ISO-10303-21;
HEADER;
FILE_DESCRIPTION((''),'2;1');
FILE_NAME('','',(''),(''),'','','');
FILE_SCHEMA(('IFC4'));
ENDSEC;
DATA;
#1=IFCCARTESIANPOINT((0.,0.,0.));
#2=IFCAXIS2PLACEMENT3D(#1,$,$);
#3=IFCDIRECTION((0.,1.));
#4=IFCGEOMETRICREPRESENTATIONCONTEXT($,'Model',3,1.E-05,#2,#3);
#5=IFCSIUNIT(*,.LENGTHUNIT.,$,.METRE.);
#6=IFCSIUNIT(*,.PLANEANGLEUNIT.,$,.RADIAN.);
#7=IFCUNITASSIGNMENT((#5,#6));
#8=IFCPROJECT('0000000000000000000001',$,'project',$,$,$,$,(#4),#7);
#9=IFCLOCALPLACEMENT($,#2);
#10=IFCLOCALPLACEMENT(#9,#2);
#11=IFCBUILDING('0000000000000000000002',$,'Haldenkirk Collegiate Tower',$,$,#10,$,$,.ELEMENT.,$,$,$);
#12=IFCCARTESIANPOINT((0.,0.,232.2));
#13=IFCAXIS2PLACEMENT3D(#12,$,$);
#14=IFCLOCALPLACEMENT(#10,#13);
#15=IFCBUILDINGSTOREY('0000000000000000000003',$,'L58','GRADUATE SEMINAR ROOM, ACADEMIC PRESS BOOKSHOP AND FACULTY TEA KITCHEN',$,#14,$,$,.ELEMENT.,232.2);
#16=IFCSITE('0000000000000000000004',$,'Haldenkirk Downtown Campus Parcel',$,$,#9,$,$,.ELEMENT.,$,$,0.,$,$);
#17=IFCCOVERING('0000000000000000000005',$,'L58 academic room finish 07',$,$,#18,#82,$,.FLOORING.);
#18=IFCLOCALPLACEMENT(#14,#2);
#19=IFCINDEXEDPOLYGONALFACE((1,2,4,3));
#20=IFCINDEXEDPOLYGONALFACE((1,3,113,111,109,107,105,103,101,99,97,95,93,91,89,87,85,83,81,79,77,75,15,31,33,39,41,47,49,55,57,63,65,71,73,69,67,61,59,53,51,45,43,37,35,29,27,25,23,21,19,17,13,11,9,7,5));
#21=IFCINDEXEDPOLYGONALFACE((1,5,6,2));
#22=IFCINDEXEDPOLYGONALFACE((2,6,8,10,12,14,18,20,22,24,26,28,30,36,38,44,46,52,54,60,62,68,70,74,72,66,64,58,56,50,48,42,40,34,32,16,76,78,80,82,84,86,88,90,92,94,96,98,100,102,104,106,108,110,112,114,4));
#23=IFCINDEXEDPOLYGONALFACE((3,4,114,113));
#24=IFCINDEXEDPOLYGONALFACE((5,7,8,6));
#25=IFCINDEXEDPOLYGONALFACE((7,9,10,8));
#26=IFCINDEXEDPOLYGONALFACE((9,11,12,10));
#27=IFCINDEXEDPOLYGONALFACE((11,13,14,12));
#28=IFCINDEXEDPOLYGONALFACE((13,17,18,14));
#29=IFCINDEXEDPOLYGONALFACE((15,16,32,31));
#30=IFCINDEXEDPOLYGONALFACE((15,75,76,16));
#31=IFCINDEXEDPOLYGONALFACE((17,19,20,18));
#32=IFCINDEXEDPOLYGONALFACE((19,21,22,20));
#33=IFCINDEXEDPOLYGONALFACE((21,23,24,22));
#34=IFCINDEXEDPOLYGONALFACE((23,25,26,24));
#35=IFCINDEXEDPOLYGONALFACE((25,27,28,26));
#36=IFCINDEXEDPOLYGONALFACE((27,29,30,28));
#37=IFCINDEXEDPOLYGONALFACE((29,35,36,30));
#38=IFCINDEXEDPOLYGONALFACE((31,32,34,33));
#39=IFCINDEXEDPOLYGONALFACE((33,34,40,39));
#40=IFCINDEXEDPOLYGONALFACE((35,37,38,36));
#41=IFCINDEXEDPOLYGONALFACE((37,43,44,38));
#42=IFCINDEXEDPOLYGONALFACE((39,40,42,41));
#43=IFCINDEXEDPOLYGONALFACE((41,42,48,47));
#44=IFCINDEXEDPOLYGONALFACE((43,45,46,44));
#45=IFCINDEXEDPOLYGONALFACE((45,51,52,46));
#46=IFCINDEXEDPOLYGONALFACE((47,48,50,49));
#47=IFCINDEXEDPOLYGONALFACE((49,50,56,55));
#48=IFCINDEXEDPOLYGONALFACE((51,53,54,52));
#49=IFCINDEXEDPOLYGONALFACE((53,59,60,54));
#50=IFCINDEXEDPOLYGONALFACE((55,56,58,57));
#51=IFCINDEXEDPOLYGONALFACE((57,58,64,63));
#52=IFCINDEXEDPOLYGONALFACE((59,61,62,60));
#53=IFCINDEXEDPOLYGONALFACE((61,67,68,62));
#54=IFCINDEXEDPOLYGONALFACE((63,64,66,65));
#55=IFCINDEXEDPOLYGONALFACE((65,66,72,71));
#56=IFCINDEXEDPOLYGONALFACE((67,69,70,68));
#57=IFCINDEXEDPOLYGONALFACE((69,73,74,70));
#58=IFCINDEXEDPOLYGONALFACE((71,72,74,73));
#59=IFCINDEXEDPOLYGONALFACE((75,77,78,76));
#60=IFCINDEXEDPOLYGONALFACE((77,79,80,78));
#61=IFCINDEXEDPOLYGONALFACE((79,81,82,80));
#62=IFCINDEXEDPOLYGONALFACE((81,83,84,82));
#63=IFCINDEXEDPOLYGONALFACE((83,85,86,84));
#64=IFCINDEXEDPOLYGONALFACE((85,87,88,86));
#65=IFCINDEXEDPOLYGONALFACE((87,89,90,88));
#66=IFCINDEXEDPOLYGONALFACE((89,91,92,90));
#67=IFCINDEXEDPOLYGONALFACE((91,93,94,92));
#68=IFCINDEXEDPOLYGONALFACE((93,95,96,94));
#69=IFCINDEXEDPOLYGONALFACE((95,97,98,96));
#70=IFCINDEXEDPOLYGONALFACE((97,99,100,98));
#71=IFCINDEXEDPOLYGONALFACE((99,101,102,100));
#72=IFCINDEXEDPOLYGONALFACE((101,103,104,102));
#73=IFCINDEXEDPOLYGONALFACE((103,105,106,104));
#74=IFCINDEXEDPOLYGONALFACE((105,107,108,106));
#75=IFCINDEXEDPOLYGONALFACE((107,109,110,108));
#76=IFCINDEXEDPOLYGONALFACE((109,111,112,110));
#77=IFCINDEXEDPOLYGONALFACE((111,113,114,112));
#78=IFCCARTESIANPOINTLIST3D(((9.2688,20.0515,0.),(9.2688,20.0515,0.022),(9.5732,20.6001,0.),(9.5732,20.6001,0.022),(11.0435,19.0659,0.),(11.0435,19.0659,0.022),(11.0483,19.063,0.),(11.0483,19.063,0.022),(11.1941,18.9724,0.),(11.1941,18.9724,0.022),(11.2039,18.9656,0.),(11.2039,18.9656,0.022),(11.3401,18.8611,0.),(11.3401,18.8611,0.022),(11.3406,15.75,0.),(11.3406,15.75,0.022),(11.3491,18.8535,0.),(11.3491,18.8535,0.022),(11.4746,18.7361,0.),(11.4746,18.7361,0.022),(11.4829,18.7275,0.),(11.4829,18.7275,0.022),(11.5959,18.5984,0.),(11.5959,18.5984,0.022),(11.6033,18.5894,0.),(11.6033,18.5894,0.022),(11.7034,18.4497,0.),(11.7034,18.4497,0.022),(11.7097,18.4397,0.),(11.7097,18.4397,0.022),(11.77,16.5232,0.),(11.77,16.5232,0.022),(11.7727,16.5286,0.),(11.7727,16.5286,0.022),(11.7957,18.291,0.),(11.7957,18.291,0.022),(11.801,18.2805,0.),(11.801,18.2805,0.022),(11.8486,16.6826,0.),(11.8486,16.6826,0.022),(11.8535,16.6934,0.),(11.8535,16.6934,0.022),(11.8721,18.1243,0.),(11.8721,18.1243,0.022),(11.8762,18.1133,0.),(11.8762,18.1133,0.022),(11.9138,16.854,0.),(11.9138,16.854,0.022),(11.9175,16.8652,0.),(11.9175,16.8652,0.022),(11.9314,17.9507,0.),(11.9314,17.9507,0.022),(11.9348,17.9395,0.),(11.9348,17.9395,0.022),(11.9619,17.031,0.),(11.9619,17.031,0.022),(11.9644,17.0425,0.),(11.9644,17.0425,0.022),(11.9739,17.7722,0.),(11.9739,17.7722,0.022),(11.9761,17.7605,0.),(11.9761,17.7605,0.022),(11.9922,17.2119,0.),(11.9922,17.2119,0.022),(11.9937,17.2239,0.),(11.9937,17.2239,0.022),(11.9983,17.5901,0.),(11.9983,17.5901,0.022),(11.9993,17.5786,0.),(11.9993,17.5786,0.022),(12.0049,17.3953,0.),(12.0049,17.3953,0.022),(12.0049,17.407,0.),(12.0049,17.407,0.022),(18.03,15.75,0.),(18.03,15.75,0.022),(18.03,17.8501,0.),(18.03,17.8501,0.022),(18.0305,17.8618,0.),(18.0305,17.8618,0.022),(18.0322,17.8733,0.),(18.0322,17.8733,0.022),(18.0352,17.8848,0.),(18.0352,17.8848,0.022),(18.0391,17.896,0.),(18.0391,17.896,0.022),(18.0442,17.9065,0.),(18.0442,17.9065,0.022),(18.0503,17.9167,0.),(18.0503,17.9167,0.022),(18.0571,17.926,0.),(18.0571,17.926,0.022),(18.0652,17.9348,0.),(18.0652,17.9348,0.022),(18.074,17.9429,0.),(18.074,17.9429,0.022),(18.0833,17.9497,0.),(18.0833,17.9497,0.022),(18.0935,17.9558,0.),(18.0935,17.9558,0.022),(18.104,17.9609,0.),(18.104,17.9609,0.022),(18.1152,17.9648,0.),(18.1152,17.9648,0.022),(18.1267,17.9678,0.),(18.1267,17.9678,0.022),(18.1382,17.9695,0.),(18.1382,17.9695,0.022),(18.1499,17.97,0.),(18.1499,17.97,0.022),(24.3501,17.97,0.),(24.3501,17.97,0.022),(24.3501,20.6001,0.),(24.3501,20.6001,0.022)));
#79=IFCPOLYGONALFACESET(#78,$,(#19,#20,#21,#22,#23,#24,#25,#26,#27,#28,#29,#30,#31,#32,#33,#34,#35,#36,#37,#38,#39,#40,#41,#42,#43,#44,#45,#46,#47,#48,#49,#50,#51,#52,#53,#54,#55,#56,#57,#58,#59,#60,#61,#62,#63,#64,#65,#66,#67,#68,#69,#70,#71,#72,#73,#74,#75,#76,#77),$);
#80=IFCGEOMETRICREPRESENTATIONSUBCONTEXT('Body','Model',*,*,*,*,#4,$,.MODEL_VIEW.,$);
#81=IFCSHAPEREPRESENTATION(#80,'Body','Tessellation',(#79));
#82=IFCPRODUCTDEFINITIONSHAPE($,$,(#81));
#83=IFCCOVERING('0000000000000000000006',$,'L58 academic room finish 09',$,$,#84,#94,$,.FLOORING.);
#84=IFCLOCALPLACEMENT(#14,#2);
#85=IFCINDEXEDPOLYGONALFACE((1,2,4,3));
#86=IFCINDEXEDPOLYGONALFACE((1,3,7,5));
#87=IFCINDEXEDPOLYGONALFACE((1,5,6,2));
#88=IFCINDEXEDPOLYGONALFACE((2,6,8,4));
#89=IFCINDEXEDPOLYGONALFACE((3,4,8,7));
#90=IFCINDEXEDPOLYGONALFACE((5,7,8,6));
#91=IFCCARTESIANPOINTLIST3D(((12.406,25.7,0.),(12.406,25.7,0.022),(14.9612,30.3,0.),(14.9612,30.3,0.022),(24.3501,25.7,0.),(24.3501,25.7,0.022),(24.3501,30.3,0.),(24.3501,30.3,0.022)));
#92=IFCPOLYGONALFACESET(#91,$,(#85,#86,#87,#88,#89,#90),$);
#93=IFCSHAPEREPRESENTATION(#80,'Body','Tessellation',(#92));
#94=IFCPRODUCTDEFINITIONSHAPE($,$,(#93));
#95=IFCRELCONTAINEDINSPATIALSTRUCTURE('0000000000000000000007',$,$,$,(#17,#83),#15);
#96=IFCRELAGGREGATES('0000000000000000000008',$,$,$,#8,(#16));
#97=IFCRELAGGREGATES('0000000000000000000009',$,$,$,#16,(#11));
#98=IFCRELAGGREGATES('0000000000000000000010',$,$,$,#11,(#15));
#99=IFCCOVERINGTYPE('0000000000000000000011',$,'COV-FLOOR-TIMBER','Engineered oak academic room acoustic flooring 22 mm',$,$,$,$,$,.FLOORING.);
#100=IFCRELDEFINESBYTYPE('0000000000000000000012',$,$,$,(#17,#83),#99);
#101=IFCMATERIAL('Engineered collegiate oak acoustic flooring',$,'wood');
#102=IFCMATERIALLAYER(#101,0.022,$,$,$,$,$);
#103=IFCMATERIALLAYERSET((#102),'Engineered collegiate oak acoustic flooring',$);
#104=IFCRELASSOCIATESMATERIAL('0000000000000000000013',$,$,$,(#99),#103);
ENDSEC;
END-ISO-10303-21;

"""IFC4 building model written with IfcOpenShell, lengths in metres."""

from ifc_helpers import new_model, si_unit, direction, frame, origin, place, context, subcontext, project, spatial, polyline, outline, extrude, material, layer, layer_set, type_object, element, save


model = new_model("IFC4")

# Units and contexts
model_context = context("Model", 3, precision=1e-05, world=origin(), true_north=direction((0.0, 1.0)))
body_context = subcontext(model_context, "Body", "Model", "MODEL_VIEW")
ifc_project = project(units=[si_unit("LENGTHUNIT", "METRE"), si_unit("PLANEANGLEUNIT", "RADIAN")], contexts=[model_context])

# Site, building, storey
site_placement = place(None, origin())
site = spatial("IfcSite", under=ifc_project, at=site_placement, Name="Haldenkirk Downtown Campus Parcel", CompositionType="ELEMENT", RefElevation=0.0)
building_placement = place(site_placement, origin())
building = spatial("IfcBuilding", under=site, at=building_placement, Name="Haldenkirk Collegiate Tower", CompositionType="ELEMENT")
storey_placement = place(building_placement, frame((0.0, 0.0, 232.2)))
storey = spatial("IfcBuildingStorey", under=building, at=storey_placement, Name="L58", Description="GRADUATE SEMINAR ROOM, ACADEMIC PRESS BOOKSHOP AND FACULTY TEA KITCHEN", CompositionType="ELEMENT", Elevation=232.2)

# Coverings
ifc_material_1 = material(Name="Engineered collegiate oak acoustic flooring", Category="wood")
ifc_layer_1 = layer(ifc_material_1, 0.022)
ifc_layer_set_1 = layer_set([ifc_layer_1], Name="Engineered collegiate oak acoustic flooring")
covering_type_1 = type_object("IfcCoveringType", Name="COV-FLOOR-TIMBER", Description="Engineered oak academic room acoustic flooring 22 mm", PredefinedType="FLOORING", material=ifc_layer_set_1)
covering_1_placement = place(storey_placement, origin())
element("IfcCovering", 1, at=covering_1_placement, inside=storey, type_object=covering_type_1, Name="L58 academic room finish 07", PredefinedType="FLOORING", context=body_context, shape_type="SweptSolid", body=[
    extrude(outline(polyline([(11.8486, 16.6826), (11.8535, 16.6934), (11.9138, 16.854), (11.9175, 16.8652), (11.9619, 17.031), (11.9644, 17.0425), (11.9922, 17.2119), (11.9937, 17.2239), (12.0049, 17.3953), (12.0049, 17.407), (11.9993, 17.5786), (11.9983, 17.5901), (11.9761, 17.7605), (11.9739, 17.7722), (11.9348, 17.9395), (11.9314, 17.9507), (11.8762, 18.1133), (11.8721, 18.1243), (11.801, 18.2805), (11.7957, 18.291), (11.7097, 18.4397), (11.7034, 18.4497), (11.6033, 18.5894), (11.5959, 18.5984), (11.4829, 18.7275), (11.4746, 18.7361), (11.3491, 18.8535), (11.3401, 18.8611), (11.2039, 18.9656), (11.1941, 18.9724), (11.0483, 19.063), (11.0435, 19.0659), (9.2688, 20.0515), (9.5732, 20.6001), (24.3501, 20.6001), (24.3501, 17.97), (18.1499, 17.97), (18.1382, 17.9695), (18.1267, 17.9678), (18.1152, 17.9648), (18.104, 17.9609), (18.0935, 17.9558), (18.0833, 17.9497), (18.074, 17.9429), (18.0652, 17.9348), (18.0571, 17.926), (18.0503, 17.9167), (18.0442, 17.9065), (18.0391, 17.896), (18.0352, 17.8848), (18.0322, 17.8733), (18.0305, 17.8618), (18.03, 17.8501), (18.03, 15.75), (11.3406, 15.75), (11.77, 16.5232), (11.7727, 16.5286), (11.8486, 16.6826)])), origin(), (0.0, 0.0, 1.0), 0.022),
])
covering_2_placement = place(storey_placement, origin())
element("IfcCovering", 2, at=covering_2_placement, inside=storey, type_object=covering_type_1, Name="L58 academic room finish 09", PredefinedType="FLOORING", context=body_context, shape_type="SweptSolid", body=[
    extrude(outline(polyline([(14.9612, 30.3), (24.3501, 30.3), (24.3501, 25.7), (12.406, 25.7), (14.9612, 30.3)])), origin(), (0.0, 0.0, 1.0), 0.022),
])

save(model, "model.ifc")
